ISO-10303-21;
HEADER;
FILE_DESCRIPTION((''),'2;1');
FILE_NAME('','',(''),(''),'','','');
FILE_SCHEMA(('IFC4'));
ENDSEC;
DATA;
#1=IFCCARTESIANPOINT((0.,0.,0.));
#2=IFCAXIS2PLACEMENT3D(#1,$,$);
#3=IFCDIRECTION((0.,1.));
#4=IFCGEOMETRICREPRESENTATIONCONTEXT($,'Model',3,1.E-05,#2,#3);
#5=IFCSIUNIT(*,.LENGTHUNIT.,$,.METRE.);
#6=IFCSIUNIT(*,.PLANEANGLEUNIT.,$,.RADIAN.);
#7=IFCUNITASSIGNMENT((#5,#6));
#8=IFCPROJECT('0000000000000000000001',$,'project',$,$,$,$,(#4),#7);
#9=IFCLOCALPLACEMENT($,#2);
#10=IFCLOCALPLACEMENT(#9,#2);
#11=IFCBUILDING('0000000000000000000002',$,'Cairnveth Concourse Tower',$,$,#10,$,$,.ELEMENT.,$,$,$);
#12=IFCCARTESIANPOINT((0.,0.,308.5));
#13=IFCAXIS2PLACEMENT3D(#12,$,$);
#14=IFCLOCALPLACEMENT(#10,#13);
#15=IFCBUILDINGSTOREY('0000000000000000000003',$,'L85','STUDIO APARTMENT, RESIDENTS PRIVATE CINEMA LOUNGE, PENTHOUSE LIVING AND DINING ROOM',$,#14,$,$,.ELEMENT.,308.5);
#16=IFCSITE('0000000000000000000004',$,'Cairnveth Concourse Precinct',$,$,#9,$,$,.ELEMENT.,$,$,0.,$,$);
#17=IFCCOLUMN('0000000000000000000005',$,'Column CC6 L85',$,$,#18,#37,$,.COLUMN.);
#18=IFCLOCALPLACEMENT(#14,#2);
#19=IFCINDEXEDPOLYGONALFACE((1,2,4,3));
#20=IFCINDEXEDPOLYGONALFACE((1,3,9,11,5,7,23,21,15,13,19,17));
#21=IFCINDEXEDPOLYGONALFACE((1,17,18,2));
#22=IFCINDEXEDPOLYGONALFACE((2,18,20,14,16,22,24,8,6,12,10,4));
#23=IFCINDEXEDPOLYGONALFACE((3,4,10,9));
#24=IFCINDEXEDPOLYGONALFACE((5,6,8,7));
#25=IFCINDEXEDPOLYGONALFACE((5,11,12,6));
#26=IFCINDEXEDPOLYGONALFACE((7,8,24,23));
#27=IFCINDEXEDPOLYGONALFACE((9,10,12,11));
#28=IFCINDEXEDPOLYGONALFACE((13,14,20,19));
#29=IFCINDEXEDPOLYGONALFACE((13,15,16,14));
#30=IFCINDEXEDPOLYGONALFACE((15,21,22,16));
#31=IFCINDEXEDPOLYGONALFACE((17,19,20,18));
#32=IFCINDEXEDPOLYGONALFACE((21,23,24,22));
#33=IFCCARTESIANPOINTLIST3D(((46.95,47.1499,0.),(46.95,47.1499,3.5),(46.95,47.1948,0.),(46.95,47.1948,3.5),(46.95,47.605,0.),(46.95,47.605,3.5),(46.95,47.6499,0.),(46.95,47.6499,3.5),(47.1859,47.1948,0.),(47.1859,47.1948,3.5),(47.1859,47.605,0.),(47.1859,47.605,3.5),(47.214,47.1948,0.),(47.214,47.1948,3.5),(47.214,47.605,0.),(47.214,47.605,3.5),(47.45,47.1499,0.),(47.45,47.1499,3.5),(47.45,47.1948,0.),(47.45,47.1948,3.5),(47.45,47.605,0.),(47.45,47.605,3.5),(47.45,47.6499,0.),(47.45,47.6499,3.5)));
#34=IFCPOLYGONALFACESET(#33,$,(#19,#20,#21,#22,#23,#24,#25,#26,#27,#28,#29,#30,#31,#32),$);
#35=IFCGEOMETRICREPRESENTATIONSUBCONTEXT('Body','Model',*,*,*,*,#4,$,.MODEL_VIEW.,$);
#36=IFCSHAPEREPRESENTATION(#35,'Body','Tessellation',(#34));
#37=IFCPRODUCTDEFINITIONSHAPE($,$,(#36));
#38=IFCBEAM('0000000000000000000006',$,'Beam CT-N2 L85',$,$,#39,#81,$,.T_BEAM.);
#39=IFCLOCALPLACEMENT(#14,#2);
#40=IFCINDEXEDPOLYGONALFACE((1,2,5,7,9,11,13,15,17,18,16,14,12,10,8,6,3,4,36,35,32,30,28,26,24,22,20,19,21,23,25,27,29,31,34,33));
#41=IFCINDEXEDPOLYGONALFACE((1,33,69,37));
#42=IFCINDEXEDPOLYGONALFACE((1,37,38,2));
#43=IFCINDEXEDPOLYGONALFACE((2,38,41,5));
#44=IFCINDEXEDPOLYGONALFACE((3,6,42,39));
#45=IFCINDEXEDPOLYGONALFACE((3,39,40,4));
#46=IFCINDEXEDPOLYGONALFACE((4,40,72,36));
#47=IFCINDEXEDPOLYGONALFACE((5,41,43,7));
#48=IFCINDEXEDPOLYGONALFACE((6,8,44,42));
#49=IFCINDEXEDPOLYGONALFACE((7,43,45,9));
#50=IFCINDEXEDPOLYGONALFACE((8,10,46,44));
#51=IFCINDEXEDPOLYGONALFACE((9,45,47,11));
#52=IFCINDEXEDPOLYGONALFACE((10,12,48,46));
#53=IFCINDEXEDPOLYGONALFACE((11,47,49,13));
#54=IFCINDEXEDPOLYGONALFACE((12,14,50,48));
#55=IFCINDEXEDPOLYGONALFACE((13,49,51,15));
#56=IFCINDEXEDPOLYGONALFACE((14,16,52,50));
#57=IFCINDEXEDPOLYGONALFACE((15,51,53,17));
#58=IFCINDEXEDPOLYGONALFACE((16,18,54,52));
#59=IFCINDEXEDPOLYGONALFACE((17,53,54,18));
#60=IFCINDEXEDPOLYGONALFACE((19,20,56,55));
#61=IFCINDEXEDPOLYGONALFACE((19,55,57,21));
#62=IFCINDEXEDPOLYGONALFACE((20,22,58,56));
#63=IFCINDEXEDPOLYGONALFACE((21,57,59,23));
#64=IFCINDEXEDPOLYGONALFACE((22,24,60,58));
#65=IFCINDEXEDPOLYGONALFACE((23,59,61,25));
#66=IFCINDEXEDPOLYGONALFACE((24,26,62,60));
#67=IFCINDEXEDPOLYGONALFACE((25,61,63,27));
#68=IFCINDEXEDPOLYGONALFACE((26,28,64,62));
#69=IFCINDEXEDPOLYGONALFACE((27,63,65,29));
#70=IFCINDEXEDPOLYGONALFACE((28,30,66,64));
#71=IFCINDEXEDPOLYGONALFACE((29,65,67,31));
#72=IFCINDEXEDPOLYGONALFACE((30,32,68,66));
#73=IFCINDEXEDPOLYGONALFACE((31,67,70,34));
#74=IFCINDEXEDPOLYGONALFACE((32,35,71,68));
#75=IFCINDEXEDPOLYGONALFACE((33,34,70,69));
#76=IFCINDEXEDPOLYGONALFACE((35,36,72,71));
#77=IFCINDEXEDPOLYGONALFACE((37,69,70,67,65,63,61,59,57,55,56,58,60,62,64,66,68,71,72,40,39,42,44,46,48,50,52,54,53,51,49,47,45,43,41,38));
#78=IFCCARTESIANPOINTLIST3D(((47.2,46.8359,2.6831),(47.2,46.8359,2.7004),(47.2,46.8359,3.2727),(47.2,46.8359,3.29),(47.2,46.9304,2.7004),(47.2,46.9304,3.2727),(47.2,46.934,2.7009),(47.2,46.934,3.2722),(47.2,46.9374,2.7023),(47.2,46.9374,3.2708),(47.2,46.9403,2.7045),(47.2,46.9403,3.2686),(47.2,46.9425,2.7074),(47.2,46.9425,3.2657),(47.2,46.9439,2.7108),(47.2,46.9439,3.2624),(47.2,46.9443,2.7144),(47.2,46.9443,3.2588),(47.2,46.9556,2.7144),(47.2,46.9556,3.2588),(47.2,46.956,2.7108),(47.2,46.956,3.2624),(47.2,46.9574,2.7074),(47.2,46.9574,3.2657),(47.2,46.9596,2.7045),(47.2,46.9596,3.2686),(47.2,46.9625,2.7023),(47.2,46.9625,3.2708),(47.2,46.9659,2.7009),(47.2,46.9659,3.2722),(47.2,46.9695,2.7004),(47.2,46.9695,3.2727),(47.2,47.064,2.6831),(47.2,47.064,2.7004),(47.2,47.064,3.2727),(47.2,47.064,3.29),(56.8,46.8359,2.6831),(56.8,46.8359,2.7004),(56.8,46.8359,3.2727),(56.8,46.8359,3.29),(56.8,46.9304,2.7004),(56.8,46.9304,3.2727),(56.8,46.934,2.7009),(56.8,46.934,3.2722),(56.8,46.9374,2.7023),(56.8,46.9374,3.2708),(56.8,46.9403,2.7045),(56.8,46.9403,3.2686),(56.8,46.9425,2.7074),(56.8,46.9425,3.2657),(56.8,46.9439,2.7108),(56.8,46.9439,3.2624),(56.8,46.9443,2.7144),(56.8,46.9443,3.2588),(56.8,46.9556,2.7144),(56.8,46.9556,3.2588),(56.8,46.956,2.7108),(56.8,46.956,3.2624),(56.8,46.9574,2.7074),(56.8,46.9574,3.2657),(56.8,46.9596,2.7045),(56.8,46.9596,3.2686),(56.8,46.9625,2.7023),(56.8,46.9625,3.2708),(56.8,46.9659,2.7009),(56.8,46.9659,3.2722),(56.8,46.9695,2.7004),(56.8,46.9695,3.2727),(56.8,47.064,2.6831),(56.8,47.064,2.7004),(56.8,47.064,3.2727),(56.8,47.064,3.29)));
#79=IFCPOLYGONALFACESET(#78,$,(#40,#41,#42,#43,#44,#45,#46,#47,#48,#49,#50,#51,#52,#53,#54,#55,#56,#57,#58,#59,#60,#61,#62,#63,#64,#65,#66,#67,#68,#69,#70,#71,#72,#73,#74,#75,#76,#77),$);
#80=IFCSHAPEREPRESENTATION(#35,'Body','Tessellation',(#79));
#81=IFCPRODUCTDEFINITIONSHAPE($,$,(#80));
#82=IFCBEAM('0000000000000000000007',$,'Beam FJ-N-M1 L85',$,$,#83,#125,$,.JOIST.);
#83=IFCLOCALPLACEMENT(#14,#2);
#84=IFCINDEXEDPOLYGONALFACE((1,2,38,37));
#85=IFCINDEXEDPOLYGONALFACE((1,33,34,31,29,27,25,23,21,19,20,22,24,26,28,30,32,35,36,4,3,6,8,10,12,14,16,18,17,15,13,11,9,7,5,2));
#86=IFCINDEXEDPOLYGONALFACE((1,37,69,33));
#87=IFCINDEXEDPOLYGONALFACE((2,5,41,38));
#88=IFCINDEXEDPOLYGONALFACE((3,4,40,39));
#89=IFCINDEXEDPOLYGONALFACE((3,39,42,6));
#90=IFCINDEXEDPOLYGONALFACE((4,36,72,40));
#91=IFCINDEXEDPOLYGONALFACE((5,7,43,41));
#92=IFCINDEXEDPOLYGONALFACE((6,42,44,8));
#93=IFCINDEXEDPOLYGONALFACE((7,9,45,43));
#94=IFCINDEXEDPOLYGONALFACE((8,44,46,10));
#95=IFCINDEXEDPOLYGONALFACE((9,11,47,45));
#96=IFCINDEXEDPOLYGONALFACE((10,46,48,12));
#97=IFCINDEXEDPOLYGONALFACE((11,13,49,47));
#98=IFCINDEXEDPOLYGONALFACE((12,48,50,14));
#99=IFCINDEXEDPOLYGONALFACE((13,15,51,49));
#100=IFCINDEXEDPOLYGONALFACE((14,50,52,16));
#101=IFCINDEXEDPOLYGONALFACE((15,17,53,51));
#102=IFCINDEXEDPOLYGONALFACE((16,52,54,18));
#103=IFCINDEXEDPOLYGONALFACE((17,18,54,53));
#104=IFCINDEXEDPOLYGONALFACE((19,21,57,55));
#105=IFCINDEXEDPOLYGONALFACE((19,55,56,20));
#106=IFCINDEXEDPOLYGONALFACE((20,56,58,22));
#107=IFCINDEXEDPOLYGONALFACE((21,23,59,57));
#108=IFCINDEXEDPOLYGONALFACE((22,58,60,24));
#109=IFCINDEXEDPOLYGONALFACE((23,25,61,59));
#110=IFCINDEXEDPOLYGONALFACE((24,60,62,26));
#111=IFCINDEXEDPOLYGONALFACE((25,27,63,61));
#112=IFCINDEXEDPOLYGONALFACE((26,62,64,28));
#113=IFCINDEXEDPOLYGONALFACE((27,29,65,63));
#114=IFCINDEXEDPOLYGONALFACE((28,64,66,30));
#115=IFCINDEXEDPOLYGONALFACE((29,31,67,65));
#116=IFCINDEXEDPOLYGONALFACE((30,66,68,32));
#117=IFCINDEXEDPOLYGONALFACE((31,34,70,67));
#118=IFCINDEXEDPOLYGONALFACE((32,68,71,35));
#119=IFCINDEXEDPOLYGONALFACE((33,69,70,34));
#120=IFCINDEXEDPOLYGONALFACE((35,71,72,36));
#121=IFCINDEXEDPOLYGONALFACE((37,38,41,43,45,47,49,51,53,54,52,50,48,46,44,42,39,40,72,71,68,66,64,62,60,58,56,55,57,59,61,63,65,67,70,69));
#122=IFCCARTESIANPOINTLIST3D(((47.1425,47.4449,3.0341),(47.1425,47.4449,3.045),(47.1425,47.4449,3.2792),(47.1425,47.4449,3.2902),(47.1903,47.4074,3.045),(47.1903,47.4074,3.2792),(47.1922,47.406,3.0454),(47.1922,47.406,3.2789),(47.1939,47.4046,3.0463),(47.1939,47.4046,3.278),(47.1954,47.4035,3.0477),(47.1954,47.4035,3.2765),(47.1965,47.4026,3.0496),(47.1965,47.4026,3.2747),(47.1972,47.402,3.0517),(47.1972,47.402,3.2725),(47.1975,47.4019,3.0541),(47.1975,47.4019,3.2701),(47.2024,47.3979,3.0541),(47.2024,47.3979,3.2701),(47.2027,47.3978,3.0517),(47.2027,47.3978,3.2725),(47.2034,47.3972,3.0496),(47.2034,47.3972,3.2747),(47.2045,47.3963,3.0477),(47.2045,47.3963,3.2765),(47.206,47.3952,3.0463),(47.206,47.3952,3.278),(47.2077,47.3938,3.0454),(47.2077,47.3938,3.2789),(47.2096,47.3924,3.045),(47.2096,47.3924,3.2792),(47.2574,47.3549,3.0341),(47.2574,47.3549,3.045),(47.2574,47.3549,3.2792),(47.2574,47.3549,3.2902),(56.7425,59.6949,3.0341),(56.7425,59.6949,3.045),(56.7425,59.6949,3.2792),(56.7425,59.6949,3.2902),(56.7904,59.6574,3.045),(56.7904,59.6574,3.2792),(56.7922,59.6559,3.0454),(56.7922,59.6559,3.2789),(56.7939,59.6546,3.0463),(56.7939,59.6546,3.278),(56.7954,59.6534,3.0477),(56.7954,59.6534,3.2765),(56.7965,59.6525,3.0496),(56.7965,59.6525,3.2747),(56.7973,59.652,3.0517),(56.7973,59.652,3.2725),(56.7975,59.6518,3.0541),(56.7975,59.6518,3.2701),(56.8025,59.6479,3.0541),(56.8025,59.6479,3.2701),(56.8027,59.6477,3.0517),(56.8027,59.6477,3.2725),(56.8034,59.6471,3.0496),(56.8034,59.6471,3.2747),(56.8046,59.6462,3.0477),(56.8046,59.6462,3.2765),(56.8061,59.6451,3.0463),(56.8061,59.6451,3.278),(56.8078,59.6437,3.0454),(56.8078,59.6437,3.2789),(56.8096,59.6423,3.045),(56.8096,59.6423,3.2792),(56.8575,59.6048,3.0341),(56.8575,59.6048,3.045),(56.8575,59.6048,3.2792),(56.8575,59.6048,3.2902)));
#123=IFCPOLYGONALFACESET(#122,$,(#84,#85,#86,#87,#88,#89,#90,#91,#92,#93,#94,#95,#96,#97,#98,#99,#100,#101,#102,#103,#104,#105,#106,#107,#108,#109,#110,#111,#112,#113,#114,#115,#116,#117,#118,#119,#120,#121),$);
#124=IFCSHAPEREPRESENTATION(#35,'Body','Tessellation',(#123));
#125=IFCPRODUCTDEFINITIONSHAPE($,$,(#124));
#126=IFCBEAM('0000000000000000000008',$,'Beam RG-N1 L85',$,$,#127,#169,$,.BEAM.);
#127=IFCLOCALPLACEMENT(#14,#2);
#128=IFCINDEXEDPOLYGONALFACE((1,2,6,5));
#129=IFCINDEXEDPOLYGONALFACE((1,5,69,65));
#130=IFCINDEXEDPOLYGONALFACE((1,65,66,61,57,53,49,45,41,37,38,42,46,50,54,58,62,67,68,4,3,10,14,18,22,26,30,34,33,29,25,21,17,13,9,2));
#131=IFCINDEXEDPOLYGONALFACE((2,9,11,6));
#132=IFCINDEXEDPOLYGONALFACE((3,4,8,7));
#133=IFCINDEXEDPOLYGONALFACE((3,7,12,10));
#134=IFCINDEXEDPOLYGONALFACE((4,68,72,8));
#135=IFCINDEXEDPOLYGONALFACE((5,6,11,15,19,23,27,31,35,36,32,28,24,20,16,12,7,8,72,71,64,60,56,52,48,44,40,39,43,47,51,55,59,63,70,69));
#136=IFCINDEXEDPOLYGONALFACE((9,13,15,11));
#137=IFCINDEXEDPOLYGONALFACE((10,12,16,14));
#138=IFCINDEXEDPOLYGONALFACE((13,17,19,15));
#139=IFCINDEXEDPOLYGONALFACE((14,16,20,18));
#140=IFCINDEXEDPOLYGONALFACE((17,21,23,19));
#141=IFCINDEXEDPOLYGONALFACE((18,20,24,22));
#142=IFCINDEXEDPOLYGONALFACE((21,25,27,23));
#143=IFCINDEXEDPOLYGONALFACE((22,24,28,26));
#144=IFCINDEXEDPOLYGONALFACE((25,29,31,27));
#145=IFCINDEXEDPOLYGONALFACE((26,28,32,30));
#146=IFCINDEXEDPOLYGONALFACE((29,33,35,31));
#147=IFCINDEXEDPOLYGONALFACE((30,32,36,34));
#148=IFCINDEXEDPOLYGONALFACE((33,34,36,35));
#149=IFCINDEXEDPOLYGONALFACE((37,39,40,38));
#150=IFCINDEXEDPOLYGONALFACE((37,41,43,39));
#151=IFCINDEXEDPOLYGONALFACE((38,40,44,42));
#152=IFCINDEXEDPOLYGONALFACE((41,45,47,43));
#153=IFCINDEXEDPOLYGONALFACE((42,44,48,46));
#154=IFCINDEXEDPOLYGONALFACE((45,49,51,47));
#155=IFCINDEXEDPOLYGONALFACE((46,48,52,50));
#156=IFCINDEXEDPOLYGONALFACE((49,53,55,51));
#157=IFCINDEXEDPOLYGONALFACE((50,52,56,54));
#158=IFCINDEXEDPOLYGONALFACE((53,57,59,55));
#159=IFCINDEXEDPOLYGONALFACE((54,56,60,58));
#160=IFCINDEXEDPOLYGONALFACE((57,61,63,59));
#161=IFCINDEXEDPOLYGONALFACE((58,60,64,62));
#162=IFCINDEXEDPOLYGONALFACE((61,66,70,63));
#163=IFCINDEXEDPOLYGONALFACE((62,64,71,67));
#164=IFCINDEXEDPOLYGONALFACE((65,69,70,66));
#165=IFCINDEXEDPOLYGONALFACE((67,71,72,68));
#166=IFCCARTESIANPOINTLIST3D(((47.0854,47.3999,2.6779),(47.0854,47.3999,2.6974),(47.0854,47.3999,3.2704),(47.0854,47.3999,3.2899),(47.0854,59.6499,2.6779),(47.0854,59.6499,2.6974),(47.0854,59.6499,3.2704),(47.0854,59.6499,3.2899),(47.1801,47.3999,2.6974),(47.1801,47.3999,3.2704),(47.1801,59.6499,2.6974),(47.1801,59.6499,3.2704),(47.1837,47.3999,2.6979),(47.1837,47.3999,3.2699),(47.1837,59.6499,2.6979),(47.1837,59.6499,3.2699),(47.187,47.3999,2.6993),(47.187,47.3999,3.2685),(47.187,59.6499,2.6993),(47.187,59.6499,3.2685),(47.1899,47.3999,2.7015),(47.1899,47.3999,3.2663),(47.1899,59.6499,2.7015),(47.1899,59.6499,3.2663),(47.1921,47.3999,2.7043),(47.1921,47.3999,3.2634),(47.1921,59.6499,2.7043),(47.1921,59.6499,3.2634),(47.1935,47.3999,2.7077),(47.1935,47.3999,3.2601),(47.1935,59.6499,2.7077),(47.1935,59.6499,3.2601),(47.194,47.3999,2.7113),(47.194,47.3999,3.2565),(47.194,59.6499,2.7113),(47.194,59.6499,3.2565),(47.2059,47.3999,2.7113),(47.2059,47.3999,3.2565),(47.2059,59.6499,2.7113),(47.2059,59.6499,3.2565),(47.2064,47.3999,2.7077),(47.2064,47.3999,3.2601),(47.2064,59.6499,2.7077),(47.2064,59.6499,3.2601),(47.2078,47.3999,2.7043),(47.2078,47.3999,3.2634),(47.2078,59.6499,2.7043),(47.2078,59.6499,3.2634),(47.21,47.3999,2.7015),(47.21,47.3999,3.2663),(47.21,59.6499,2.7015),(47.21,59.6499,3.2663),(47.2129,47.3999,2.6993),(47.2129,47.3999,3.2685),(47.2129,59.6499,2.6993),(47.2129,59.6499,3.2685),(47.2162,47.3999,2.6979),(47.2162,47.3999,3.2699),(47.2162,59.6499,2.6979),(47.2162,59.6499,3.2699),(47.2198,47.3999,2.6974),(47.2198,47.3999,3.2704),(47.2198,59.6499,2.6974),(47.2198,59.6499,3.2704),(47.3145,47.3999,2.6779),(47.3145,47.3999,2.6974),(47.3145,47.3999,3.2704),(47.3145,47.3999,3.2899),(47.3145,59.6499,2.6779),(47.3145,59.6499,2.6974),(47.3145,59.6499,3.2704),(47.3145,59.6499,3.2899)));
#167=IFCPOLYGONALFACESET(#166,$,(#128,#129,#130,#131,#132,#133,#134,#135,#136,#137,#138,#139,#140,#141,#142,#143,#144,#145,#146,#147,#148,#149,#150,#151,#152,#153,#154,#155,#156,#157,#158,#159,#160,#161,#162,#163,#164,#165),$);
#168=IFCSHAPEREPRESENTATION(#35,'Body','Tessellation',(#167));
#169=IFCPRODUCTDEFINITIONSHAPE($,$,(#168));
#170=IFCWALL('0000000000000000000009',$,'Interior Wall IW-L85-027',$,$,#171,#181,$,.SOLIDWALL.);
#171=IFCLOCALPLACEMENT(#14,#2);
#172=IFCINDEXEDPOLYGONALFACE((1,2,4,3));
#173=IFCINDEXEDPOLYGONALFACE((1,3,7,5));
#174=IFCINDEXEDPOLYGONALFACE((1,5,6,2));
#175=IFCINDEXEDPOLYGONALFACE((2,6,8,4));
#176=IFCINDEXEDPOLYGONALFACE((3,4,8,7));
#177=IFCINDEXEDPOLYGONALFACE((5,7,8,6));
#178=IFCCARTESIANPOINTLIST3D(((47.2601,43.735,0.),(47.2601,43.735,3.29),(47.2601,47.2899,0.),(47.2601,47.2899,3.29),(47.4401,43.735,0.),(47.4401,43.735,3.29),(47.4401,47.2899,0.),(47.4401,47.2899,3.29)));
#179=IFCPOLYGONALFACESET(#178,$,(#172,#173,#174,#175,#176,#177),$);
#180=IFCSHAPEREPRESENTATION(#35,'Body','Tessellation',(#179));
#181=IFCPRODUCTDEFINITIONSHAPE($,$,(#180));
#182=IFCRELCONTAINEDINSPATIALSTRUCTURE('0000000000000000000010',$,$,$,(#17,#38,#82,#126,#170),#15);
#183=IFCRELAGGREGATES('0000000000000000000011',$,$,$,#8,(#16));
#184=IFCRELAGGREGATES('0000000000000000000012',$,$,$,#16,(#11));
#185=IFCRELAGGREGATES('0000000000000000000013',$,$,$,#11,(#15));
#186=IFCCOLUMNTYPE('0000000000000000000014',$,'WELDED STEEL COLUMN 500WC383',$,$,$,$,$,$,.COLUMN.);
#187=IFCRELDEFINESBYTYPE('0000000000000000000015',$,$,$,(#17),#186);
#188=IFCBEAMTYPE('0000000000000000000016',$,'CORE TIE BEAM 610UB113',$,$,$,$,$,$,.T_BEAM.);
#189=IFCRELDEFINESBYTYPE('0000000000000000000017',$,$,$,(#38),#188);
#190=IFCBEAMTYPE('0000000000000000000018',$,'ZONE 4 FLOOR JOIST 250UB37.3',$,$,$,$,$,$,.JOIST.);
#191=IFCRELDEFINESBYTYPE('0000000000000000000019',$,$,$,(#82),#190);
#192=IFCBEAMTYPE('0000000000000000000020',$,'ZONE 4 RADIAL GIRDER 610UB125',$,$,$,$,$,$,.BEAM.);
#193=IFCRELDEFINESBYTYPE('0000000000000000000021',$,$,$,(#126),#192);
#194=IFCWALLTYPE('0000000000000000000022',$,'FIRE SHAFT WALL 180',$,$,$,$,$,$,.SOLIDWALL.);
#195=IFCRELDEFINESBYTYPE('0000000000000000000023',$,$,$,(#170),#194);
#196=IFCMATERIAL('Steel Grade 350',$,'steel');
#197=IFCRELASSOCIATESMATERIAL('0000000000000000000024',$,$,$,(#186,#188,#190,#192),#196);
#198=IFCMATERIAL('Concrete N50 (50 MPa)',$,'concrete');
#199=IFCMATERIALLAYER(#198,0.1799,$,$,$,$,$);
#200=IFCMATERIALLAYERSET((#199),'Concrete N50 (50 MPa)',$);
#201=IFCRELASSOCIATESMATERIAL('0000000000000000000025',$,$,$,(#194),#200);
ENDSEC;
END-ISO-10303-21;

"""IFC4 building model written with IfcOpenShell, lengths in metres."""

from ifc_helpers import new_model, si_unit, direction, frame, frame_2d, origin, origin_2d, place, context, subcontext, project, spatial, rectangle, i_section, extrude, material, layer, layer_set, material_profile, profile_set, type_object, element, save


model = new_model("IFC4")

# Units and contexts
model_context = context("Model", 3, precision=1e-05, world=origin(), true_north=direction((0.0, 1.0)))
body_context = subcontext(model_context, "Body", "Model", "MODEL_VIEW")
ifc_project = project(units=[si_unit("LENGTHUNIT", "METRE"), si_unit("PLANEANGLEUNIT", "RADIAN")], contexts=[model_context])

# Site, building, storey
site_placement = place(None, origin())
site = spatial("IfcSite", under=ifc_project, at=site_placement, Name="Cairnveth Concourse Precinct", CompositionType="ELEMENT", RefElevation=0.0)
building_placement = place(site_placement, origin())
building = spatial("IfcBuilding", under=site, at=building_placement, Name="Cairnveth Concourse Tower", CompositionType="ELEMENT")
storey_placement = place(building_placement, frame((0.0, 0.0, 308.5)))
storey = spatial("IfcBuildingStorey", under=building, at=storey_placement, Name="L85", Description="STUDIO APARTMENT, RESIDENTS PRIVATE CINEMA LOUNGE, PENTHOUSE LIVING AND DINING ROOM", CompositionType="ELEMENT", Elevation=308.5)

# Column
ifc_material_1 = material(Name="Steel Grade 350", Category="steel")
ifc_material_profile_1 = material_profile(ifc_material_1, i_section(OverallWidth=0.5, OverallDepth=0.5, WebThickness=0.0281, FlangeThickness=0.0449, at=origin_2d()), Name="500WC383")
ifc_profile_set_1 = profile_set([ifc_material_profile_1], Name="Steel Grade 350")
column_type = type_object("IfcColumnType", Name="WELDED STEEL COLUMN 500WC383", PredefinedType="COLUMN", material=ifc_profile_set_1)
column_placement = place(storey_placement, frame((47.2, 47.3999, 0.0), z_axis=(0.0, 0.0, 1.0), x_axis=(1.0, 0.0, 0.0)))
element("IfcColumn", 1, at=column_placement, inside=storey, type_object=column_type, Name="Column CC6 L85", PredefinedType="COLUMN", context=body_context, shape_type="SweptSolid", body=[
    extrude(i_section(OverallWidth=0.5, OverallDepth=0.5, WebThickness=0.0281, FlangeThickness=0.0449, at=origin_2d()), origin(), (0.0, 0.0, 1.0), 3.5),
])

# Beams
ifc_material_profile_2 = material_profile(ifc_material_1, i_section(OverallWidth=0.228, OverallDepth=0.6069, WebThickness=0.0112, FlangeThickness=0.0173, FilletRadius=0.0139, at=origin_2d()), Name="610UB113")
ifc_profile_set_2 = profile_set([ifc_material_profile_2], Name="Steel Grade 350")
beam_type_1 = type_object("IfcBeamType", Name="CORE TIE BEAM 610UB113", PredefinedType="T_BEAM", material=ifc_profile_set_2)
beam_1_placement = place(storey_placement, frame((47.2, 46.95, 2.9866), z_axis=(1.0, 0.0, 0.0), x_axis=(0.0, 1.0, 0.0)))
element("IfcBeam", 2, at=beam_1_placement, inside=storey, type_object=beam_type_1, Name="Beam CT-N2 L85", PredefinedType="T_BEAM", context=body_context, shape_type="SweptSolid", body=[
    extrude(i_section(OverallWidth=0.228, OverallDepth=0.6069, WebThickness=0.0112, FlangeThickness=0.0173, FilletRadius=0.0139, at=origin_2d()), origin(), (0.0, 0.0, 1.0), 9.6001),
])
ifc_material_profile_3 = material_profile(ifc_material_1, i_section(OverallWidth=0.146, OverallDepth=0.2561, WebThickness=0.0063, FlangeThickness=0.011, FilletRadius=0.009, at=origin_2d()), Name="250UB37.3")
ifc_profile_set_3 = profile_set([ifc_material_profile_3], Name="Steel Grade 350")
beam_type_2 = type_object("IfcBeamType", Name="ZONE 4 FLOOR JOIST 250UB37.3", PredefinedType="JOIST", material=ifc_profile_set_3)
beam_2_placement = place(storey_placement, frame((47.2, 47.3999, 3.1621), z_axis=(0.616832, 0.787095, 0.0), x_axis=(-0.787095, 0.616832, 0.0)))
element("IfcBeam", 3, at=beam_2_placement, inside=storey, type_object=beam_type_2, Name="Beam FJ-N-M1 L85", PredefinedType="JOIST", context=body_context, shape_type="SweptSolid", body=[
    extrude(i_section(OverallWidth=0.146, OverallDepth=0.2561, WebThickness=0.0063, FlangeThickness=0.011, FilletRadius=0.009, at=origin_2d()), origin(), (0.0, 0.0, 1.0), 15.5635),
])
ifc_material_profile_4 = material_profile(ifc_material_1, i_section(OverallWidth=0.229, OverallDepth=0.6121, WebThickness=0.012, FlangeThickness=0.0195, FilletRadius=0.0139, at=origin_2d()), Name="610UB125")
ifc_profile_set_4 = profile_set([ifc_material_profile_4], Name="Steel Grade 350")
beam_type_3 = type_object("IfcBeamType", Name="ZONE 4 RADIAL GIRDER 610UB125", PredefinedType="BEAM", material=ifc_profile_set_4)
beam_3_placement = place(storey_placement, frame((47.2, 47.3999, 2.9839), z_axis=(0.0, 1.0, 0.0), x_axis=(-1.0, 0.0, 0.0)))
element("IfcBeam", 4, at=beam_3_placement, inside=storey, type_object=beam_type_3, Name="Beam RG-N1 L85", PredefinedType="BEAM", context=body_context, shape_type="SweptSolid", body=[
    extrude(i_section(OverallWidth=0.229, OverallDepth=0.6121, WebThickness=0.012, FlangeThickness=0.0195, FilletRadius=0.0139, at=origin_2d()), origin(), (0.0, 0.0, 1.0), 12.25),
])

# Wall
ifc_material_2 = material(Name="Concrete N50 (50 MPa)", Category="concrete")
ifc_layer_1 = layer(ifc_material_2, 0.1799)
ifc_layer_set_1 = layer_set([ifc_layer_1], Name="Concrete N50 (50 MPa)")
wall_type_1 = type_object("IfcWallType", Name="FIRE SHAFT WALL 180", PredefinedType="SOLIDWALL", material=ifc_layer_set_1)
wall_1_placement = place(storey_placement, frame((47.3501, 43.7351, 0.0), z_axis=(0.0, 0.0, 1.0), x_axis=(0.0, 1.0, 0.0)))
element("IfcWall", 5, at=wall_1_placement, inside=storey, type_object=wall_type_1, Name="Interior Wall IW-L85-027", PredefinedType="SOLIDWALL", context=body_context, shape_type="SweptSolid", body=[
    extrude(rectangle(XDim=3.5549, YDim=0.1799, at=frame_2d((1.7773, 0.0))), origin(), (0.0, 0.0, 1.0), 3.29),
])

save(model, "model.ifc")
